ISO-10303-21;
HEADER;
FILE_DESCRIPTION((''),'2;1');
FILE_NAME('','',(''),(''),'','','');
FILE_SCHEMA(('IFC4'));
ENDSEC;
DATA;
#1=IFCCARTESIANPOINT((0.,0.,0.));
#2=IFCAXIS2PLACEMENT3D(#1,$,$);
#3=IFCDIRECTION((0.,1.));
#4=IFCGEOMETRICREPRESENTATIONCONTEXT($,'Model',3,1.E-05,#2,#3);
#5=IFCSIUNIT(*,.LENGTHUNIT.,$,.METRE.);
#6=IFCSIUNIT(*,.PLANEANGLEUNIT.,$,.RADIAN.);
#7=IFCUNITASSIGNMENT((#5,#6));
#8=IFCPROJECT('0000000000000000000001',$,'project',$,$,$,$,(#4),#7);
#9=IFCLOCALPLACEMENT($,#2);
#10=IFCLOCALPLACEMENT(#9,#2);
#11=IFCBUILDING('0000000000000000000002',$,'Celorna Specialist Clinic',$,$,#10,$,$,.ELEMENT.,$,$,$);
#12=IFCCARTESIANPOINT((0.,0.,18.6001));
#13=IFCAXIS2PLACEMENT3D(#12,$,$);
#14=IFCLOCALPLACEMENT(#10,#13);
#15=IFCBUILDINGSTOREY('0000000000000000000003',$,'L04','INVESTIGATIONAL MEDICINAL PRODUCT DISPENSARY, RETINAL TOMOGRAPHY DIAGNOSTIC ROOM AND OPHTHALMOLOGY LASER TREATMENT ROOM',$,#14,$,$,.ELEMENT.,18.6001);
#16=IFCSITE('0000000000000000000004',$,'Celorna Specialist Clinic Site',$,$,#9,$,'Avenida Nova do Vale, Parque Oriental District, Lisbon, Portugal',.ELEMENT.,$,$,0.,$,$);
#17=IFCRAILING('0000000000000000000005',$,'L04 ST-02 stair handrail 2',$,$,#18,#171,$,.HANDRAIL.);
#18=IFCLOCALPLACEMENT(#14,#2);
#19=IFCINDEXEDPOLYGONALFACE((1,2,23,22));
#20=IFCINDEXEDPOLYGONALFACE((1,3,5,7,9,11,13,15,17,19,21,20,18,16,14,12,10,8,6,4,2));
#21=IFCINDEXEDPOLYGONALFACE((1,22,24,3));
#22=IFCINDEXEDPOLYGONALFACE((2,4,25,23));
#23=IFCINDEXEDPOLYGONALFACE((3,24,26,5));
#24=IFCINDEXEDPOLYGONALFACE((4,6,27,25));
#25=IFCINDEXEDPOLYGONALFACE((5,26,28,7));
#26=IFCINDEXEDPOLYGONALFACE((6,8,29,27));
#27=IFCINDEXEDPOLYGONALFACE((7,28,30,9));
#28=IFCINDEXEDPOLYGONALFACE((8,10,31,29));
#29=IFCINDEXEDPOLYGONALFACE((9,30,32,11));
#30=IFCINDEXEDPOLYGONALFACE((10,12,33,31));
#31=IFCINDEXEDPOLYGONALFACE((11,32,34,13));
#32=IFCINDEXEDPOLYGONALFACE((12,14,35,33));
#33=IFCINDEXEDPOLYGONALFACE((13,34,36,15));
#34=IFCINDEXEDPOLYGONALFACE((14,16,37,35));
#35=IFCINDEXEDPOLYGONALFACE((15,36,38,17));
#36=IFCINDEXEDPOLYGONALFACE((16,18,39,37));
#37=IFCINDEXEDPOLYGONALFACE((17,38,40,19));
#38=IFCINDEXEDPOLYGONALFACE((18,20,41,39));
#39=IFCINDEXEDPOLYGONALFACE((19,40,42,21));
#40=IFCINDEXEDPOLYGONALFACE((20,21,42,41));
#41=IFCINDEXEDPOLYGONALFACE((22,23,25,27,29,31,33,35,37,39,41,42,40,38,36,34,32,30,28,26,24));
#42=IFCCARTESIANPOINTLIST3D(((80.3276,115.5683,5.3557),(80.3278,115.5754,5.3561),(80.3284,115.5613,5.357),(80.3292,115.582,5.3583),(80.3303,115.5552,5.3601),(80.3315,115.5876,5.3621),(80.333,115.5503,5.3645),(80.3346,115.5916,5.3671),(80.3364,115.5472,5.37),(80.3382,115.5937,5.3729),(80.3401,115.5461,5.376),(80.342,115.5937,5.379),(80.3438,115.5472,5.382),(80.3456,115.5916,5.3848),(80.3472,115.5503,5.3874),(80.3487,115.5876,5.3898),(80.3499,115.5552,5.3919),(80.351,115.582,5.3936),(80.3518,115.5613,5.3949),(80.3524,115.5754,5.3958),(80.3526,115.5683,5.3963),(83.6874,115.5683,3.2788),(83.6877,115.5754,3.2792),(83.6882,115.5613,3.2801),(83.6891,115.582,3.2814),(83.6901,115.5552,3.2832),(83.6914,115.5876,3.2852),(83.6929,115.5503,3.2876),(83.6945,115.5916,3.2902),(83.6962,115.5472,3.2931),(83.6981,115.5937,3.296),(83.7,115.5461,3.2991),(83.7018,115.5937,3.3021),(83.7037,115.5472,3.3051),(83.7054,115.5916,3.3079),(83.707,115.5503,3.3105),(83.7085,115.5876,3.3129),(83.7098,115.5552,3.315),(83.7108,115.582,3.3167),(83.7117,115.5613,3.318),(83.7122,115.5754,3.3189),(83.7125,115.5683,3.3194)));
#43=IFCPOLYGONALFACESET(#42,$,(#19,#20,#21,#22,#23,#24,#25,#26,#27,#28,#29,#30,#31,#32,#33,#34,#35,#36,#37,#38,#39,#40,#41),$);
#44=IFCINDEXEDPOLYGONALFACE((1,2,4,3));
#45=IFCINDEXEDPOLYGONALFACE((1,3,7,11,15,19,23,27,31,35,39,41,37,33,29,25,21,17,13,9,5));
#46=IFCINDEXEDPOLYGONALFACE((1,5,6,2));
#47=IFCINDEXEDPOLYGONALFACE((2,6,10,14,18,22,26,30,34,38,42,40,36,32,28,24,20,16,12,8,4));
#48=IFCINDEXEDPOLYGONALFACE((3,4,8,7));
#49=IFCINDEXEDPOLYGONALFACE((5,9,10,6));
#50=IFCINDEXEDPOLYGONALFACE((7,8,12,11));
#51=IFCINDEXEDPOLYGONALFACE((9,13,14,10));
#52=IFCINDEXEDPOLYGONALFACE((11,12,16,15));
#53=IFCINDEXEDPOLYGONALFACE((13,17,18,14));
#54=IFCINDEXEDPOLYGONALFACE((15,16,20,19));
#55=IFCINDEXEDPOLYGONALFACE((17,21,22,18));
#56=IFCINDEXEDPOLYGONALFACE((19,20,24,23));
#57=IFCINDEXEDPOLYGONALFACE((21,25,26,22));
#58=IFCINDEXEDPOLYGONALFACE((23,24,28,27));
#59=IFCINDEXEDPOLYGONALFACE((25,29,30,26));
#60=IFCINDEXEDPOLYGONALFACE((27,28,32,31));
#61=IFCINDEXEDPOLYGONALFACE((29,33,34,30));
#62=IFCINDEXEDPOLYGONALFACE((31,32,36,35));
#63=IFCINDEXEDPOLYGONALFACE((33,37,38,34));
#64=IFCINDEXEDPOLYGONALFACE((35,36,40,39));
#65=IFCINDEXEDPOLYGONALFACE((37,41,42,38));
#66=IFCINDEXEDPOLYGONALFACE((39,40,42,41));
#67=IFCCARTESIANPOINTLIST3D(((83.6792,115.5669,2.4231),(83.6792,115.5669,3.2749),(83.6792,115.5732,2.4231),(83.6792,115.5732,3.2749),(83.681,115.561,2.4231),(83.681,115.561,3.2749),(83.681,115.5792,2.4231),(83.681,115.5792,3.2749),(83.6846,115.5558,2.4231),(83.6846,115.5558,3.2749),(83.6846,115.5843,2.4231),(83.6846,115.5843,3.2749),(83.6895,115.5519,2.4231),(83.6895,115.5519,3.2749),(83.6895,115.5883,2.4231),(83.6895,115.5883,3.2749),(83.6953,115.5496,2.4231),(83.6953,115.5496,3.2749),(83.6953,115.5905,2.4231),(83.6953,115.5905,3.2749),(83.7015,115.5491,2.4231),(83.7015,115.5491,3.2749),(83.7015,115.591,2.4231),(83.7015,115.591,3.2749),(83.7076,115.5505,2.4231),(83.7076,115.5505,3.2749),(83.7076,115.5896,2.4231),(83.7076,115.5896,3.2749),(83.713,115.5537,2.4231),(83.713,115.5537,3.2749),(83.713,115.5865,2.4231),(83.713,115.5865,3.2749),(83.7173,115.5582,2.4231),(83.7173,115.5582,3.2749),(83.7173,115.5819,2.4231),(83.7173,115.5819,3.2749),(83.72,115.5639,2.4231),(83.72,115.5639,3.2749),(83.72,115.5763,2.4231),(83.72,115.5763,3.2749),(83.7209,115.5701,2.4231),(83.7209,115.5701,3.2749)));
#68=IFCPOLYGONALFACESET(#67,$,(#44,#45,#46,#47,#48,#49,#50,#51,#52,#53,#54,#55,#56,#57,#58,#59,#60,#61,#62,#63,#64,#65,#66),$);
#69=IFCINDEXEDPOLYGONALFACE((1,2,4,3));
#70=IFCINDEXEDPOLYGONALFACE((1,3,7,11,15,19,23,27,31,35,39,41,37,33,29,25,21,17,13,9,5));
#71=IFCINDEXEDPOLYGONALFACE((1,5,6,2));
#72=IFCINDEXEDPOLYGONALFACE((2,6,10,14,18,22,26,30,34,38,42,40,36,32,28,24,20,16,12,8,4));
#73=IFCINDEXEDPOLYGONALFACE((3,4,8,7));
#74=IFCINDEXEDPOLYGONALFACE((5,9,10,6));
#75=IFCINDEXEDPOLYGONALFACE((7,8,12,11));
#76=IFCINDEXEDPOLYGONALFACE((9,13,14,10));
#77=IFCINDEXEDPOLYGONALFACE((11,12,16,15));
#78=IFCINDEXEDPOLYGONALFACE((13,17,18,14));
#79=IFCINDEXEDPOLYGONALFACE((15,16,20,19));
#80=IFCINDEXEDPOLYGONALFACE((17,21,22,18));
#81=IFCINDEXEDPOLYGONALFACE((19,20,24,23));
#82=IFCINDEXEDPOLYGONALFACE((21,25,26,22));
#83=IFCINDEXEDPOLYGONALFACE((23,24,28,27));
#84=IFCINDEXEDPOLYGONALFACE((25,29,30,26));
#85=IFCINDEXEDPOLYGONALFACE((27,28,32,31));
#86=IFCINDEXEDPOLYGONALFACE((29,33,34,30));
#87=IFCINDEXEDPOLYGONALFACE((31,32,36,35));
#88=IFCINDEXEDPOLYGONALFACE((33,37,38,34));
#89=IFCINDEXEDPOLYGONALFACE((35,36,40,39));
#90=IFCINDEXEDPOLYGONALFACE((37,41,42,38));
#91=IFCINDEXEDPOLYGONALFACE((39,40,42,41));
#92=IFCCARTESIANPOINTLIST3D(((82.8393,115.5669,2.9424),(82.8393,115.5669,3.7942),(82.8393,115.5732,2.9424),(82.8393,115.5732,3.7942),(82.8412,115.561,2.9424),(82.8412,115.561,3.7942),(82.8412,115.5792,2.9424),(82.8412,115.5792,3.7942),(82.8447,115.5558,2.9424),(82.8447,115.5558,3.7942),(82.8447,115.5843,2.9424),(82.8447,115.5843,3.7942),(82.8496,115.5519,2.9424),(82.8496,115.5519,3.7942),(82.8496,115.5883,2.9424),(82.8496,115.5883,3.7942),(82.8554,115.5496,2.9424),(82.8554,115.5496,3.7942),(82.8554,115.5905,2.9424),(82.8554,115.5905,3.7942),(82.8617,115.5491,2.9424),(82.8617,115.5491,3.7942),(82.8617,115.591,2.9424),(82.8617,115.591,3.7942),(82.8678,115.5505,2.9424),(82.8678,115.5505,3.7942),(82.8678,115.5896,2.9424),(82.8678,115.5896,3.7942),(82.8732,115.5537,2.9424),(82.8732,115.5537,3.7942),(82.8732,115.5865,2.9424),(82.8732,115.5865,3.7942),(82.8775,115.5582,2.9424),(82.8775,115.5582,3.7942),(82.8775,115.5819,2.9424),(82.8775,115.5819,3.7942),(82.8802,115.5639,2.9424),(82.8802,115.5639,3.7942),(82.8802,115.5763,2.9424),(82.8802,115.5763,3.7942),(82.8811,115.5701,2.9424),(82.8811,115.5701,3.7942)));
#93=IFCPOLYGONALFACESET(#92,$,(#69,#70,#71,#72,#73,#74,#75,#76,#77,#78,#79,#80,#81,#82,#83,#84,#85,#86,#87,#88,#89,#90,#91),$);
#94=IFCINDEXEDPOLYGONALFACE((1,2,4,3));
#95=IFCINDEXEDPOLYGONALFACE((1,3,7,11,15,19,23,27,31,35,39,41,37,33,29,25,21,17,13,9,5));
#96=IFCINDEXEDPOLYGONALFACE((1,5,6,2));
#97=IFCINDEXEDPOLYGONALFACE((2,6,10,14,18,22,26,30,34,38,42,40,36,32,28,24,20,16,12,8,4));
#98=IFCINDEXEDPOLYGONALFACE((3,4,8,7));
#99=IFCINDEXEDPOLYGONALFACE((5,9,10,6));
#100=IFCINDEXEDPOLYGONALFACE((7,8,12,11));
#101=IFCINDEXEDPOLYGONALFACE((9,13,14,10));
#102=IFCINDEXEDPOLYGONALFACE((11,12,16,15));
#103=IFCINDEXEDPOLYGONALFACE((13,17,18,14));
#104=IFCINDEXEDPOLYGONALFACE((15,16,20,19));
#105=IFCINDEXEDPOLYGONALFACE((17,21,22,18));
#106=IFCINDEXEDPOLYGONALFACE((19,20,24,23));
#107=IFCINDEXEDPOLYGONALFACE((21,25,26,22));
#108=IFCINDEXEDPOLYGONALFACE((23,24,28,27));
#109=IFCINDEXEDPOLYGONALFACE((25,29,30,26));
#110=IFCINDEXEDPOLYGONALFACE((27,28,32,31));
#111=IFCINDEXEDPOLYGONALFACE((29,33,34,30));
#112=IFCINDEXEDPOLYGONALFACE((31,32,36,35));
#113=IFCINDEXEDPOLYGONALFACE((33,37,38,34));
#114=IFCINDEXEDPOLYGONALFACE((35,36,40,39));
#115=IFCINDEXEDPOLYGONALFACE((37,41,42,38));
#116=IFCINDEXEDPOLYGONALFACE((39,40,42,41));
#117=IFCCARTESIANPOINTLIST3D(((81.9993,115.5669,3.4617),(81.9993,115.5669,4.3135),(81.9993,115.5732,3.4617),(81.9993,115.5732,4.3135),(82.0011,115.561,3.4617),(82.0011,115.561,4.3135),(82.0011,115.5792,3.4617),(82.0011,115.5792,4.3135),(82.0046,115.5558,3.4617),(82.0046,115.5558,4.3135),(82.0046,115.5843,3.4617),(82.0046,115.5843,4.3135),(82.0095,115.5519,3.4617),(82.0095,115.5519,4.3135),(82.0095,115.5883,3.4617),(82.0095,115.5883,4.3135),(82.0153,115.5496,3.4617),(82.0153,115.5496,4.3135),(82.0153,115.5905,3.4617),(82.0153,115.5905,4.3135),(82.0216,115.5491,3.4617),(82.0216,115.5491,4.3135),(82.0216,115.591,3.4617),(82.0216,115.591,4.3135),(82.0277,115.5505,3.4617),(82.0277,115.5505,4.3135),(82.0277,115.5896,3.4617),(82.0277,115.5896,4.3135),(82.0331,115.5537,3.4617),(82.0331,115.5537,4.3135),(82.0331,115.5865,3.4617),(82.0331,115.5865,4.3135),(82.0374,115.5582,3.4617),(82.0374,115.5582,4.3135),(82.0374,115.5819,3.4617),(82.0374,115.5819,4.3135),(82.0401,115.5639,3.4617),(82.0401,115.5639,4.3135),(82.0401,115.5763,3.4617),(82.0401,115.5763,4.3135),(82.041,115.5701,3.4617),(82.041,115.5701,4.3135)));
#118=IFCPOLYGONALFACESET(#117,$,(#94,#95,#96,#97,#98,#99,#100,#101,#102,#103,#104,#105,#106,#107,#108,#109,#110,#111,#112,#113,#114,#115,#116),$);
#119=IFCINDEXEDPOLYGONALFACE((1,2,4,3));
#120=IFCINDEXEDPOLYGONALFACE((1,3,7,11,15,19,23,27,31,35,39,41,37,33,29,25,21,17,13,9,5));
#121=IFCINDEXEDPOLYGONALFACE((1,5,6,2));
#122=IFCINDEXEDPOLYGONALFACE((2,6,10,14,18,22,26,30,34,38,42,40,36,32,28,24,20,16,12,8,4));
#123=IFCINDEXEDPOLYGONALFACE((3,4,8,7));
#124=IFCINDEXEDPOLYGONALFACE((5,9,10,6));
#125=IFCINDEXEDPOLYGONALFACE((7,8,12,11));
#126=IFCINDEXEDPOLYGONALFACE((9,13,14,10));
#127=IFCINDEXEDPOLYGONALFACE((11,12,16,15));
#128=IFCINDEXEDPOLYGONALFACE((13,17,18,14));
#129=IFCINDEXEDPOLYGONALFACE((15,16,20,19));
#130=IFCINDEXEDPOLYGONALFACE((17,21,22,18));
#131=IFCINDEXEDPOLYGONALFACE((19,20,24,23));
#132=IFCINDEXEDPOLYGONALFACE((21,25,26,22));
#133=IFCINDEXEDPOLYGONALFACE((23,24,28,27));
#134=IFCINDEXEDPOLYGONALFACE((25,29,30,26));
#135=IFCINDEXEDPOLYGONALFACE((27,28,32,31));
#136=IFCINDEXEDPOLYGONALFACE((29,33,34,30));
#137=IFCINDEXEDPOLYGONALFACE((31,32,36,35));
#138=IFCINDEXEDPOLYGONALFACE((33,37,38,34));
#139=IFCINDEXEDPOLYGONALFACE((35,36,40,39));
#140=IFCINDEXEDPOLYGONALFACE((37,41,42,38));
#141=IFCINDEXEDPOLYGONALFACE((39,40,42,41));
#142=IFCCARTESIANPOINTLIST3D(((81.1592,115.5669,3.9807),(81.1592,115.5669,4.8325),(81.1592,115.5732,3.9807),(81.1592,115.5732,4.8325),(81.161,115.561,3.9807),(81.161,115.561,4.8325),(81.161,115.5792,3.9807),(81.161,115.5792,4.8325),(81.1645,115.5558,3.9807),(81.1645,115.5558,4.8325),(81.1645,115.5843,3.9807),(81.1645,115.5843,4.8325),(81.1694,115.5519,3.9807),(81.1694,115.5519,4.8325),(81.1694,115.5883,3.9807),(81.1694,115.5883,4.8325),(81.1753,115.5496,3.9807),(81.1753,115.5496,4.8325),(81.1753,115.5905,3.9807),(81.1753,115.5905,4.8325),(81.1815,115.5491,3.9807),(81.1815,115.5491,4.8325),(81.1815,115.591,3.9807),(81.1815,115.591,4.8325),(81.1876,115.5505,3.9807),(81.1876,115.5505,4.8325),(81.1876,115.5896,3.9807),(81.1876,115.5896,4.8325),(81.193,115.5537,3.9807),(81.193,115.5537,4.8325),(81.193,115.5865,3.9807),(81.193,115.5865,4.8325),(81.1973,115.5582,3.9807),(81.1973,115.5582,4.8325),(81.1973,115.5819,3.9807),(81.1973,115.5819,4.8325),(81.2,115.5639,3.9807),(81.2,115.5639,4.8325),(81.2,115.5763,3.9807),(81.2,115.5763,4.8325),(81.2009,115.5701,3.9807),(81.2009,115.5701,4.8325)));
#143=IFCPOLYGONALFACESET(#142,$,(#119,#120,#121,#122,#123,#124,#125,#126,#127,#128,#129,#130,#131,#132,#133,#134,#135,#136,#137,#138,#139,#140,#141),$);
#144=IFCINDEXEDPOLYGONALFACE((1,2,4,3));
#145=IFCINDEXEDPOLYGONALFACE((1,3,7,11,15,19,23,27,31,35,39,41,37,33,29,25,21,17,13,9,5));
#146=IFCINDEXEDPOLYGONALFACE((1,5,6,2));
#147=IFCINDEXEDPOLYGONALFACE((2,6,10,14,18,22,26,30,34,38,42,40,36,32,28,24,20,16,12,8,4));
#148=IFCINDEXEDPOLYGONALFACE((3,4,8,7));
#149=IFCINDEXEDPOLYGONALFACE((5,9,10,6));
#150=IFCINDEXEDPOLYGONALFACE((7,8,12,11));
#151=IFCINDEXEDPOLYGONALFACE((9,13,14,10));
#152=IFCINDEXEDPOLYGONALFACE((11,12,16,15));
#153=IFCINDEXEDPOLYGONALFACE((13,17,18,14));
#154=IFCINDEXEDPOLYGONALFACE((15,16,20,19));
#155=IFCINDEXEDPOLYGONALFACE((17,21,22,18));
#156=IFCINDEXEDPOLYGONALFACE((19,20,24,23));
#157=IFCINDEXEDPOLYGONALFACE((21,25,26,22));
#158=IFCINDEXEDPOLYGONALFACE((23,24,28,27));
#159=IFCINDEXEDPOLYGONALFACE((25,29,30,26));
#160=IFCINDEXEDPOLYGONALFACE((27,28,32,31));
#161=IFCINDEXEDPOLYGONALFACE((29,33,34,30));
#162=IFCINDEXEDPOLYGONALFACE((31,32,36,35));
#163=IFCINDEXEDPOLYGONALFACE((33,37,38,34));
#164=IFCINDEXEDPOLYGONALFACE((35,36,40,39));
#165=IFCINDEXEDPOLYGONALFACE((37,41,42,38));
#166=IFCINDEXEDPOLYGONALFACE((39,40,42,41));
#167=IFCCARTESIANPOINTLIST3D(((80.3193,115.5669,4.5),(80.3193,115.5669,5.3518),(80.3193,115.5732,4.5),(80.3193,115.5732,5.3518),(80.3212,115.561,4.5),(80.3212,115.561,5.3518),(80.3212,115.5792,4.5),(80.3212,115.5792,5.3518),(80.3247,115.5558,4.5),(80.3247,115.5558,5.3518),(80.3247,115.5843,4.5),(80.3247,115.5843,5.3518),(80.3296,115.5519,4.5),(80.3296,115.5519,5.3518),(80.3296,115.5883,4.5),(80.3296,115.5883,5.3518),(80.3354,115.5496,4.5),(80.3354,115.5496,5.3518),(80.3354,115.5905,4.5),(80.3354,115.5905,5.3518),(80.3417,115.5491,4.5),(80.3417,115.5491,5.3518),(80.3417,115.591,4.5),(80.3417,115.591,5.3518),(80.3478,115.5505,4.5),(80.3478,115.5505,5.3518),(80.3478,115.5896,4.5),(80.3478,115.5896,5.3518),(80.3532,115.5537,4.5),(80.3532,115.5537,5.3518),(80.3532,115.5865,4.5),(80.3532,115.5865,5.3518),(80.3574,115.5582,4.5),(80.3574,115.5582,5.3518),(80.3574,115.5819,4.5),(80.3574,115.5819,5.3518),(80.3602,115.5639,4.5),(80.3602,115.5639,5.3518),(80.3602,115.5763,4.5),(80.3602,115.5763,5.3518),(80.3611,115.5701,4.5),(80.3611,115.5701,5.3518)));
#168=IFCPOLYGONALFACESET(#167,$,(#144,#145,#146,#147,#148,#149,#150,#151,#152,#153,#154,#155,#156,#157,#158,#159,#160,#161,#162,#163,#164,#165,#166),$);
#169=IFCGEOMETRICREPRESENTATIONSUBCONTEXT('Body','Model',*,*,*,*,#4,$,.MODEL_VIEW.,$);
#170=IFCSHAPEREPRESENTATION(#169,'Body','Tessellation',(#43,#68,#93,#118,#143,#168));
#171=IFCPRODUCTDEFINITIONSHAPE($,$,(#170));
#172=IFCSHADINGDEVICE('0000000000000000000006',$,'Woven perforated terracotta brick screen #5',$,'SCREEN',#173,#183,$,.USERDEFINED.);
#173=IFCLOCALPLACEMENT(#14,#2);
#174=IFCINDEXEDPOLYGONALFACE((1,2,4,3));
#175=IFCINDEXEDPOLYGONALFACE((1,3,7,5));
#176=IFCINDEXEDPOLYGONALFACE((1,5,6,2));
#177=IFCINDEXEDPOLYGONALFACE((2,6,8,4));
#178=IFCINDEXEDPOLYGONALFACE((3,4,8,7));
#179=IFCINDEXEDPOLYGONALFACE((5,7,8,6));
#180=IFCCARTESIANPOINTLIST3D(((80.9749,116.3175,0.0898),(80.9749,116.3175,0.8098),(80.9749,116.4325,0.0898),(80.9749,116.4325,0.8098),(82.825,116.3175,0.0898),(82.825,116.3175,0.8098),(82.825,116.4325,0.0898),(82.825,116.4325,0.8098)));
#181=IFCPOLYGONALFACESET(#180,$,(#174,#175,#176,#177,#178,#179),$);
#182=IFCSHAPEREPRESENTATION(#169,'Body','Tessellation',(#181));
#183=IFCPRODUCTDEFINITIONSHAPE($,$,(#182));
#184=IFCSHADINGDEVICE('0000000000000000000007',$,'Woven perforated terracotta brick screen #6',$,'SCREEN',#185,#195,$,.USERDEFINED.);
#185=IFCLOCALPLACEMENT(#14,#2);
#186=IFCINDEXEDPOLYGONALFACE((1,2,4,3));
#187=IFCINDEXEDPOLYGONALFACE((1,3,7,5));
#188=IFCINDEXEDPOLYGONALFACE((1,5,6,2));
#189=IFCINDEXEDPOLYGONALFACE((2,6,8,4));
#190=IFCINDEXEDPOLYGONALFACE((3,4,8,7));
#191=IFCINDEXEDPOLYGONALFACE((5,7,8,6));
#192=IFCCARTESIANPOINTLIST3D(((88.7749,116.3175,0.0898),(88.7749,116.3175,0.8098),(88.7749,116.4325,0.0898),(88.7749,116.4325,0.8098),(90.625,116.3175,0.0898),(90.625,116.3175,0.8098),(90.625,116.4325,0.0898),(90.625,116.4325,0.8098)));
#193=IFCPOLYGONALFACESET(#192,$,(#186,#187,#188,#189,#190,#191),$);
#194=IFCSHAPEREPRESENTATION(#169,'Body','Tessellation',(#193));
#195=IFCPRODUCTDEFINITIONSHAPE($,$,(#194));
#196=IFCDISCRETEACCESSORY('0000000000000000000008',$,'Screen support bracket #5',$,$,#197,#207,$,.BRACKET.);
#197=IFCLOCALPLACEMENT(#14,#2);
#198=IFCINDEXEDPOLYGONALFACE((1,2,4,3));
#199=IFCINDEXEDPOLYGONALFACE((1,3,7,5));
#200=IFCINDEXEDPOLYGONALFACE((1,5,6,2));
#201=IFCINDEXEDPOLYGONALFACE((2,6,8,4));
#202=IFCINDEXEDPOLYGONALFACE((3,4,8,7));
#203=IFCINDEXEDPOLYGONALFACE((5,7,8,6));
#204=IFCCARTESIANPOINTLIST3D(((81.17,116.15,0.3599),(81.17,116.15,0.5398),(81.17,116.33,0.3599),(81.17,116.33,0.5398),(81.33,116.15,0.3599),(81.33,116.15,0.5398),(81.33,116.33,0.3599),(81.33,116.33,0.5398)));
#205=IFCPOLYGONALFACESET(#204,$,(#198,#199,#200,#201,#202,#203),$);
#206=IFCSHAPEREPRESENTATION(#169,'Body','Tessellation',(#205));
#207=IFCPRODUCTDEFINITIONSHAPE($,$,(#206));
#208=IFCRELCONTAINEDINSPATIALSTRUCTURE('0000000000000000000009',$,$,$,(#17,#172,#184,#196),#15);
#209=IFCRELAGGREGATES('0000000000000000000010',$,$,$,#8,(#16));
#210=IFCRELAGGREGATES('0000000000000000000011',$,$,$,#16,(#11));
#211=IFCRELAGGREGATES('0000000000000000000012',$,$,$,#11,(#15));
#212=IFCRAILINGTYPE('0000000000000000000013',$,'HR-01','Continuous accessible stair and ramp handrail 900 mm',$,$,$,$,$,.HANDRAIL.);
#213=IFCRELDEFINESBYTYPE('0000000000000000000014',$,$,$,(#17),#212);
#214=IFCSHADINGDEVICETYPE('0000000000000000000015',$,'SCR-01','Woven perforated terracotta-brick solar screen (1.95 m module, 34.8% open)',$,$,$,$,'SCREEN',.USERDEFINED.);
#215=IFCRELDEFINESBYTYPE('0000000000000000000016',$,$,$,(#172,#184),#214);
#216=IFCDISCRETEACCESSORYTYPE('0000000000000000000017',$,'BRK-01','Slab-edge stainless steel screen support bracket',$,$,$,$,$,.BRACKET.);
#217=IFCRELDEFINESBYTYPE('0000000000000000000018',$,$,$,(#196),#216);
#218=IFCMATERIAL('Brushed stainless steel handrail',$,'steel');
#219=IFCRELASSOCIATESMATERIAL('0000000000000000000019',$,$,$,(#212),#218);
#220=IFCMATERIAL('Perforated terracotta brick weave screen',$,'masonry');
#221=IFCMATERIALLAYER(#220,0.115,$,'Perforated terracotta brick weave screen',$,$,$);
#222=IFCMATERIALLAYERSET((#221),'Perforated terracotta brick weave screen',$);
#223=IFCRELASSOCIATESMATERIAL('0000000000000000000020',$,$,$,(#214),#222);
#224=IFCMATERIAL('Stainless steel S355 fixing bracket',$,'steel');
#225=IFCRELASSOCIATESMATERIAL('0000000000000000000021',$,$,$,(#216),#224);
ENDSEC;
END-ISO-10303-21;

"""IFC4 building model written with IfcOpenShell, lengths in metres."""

from ifc_helpers import new_model, si_unit, direction, frame, origin, origin_2d, place, context, subcontext, project, spatial, rectangle, circle, extrude, material, layer, layer_set, type_object, element, save


model = new_model("IFC4")

# Units and contexts
model_context = context("Model", 3, precision=1e-05, world=origin(), true_north=direction((0.0, 1.0)))
body_context = subcontext(model_context, "Body", "Model", "MODEL_VIEW")
ifc_project = project(units=[si_unit("LENGTHUNIT", "METRE"), si_unit("PLANEANGLEUNIT", "RADIAN")], contexts=[model_context])

# Site, building, storey
site_placement = place(None, origin())
site = spatial("IfcSite", under=ifc_project, at=site_placement, Name="Celorna Specialist Clinic Site", LongName="Avenida Nova do Vale, Parque Oriental District, Lisbon, Portugal", CompositionType="ELEMENT", RefElevation=0.0)
building_placement = place(site_placement, origin())
building = spatial("IfcBuilding", under=site, at=building_placement, Name="Celorna Specialist Clinic", CompositionType="ELEMENT")
storey_placement = place(building_placement, frame((0.0, 0.0, 18.6001)))
storey = spatial("IfcBuildingStorey", under=building, at=storey_placement, Name="L04", Description="INVESTIGATIONAL MEDICINAL PRODUCT DISPENSARY, RETINAL TOMOGRAPHY DIAGNOSTIC ROOM AND OPHTHALMOLOGY LASER TREATMENT ROOM", CompositionType="ELEMENT", Elevation=18.6001)

# Railing
ifc_material_1 = material(Name="Brushed stainless steel handrail", Category="steel")
railing_type_1 = type_object("IfcRailingType", Name="HR-01", Description="Continuous accessible stair and ramp handrail 900 mm", PredefinedType="HANDRAIL", material=ifc_material_1)
railing_1_placement = place(storey_placement, frame((83.7, 115.5701, 2.4231)))
element("IfcRailing", 1, at=railing_1_placement, inside=storey, type_object=railing_type_1, Name="L04 ST-02 stair handrail 2", PredefinedType="HANDRAIL", context=body_context, shape_type="SweptSolid", body=[
    extrude(circle(Radius=0.0239, at=origin_2d()), frame((0.0, 0.0, 0.876), z_axis=(-0.850606, 0.0, 0.525803), x_axis=(0.0, -1.0, 0.0)), (0.0, 0.0, 1.0), 3.95),
    extrude(circle(Radius=0.021, at=origin_2d()), origin(), (0.0, 0.0, 1.0), 0.8518),
    extrude(circle(Radius=0.021, at=origin_2d()), frame((-0.8398, 0.0, 0.5193)), (0.0, 0.0, 1.0), 0.8518),
    extrude(circle(Radius=0.021, at=origin_2d()), frame((-1.6799, 0.0, 1.0386)), (0.0, 0.0, 1.0), 0.8518),
    extrude(circle(Radius=0.021, at=origin_2d()), frame((-2.52, 0.0, 1.5576)), (0.0, 0.0, 1.0), 0.8518),
    extrude(circle(Radius=0.021, at=origin_2d()), frame((-3.3599, 0.0, 2.0769)), (0.0, 0.0, 1.0), 0.8518),
])

# Shading devices
ifc_material_2 = material(Name="Perforated terracotta brick weave screen", Category="masonry")
ifc_layer_1 = layer(ifc_material_2, 0.115, Name="Perforated terracotta brick weave screen")
ifc_layer_set_1 = layer_set([ifc_layer_1], Name="Perforated terracotta brick weave screen")
shading_device_type = type_object("IfcShadingDeviceType", Name="SCR-01", Description="Woven perforated terracotta-brick solar screen (1.95 m module, 34.8% open)", ElementType="SCREEN", PredefinedType="USERDEFINED", material=ifc_layer_set_1)
for number, where, z_axis, x_axis, name in (
    (2, (81.8999, 116.375, 0.0898), (0.0, 0.0, 1.0), (1.0, 0.0, 0.0), "Woven perforated terracotta brick screen #5"),
    (3, (89.7, 116.375, 0.0898), (0.0, 0.0, 1.0), (1.0, 0.0, 0.0), "Woven perforated terracotta brick screen #6"),
):
    element("IfcShadingDevice", number, at=place(storey_placement, frame(where, z_axis=z_axis, x_axis=x_axis)), inside=storey, type_object=shading_device_type, Name=name, ObjectType="SCREEN", PredefinedType="USERDEFINED", context=body_context, shape_type="SweptSolid", body=[
        extrude(rectangle(XDim=1.8501, YDim=0.115, at=origin_2d()), origin(), (0.0, 0.0, 1.0), 0.72),
    ])

# Discrete accessory
ifc_material_3 = material(Name="Stainless steel S355 fixing bracket", Category="steel")
discrete_accessory_type = type_object("IfcDiscreteAccessoryType", Name="BRK-01", Description="Slab-edge stainless steel screen support bracket", PredefinedType="BRACKET", material=ifc_material_3)
for number, where, z_axis, x_axis, name in (
    (4, (81.25, 116.24, 0.3599), (0.0, 0.0, 1.0), (1.0, 0.0, 0.0), "Screen support bracket #5"),
):
    element("IfcDiscreteAccessory", number, at=place(storey_placement, frame(where, z_axis=z_axis, x_axis=x_axis)), inside=storey, type_object=discrete_accessory_type, Name=name, PredefinedType="BRACKET", context=body_context, shape_type="SweptSolid", body=[
        extrude(rectangle(XDim=0.1599, YDim=0.1799, at=origin_2d()), origin(), (0.0, 0.0, 1.0), 0.1799),
    ])

save(model, "model.ifc")
